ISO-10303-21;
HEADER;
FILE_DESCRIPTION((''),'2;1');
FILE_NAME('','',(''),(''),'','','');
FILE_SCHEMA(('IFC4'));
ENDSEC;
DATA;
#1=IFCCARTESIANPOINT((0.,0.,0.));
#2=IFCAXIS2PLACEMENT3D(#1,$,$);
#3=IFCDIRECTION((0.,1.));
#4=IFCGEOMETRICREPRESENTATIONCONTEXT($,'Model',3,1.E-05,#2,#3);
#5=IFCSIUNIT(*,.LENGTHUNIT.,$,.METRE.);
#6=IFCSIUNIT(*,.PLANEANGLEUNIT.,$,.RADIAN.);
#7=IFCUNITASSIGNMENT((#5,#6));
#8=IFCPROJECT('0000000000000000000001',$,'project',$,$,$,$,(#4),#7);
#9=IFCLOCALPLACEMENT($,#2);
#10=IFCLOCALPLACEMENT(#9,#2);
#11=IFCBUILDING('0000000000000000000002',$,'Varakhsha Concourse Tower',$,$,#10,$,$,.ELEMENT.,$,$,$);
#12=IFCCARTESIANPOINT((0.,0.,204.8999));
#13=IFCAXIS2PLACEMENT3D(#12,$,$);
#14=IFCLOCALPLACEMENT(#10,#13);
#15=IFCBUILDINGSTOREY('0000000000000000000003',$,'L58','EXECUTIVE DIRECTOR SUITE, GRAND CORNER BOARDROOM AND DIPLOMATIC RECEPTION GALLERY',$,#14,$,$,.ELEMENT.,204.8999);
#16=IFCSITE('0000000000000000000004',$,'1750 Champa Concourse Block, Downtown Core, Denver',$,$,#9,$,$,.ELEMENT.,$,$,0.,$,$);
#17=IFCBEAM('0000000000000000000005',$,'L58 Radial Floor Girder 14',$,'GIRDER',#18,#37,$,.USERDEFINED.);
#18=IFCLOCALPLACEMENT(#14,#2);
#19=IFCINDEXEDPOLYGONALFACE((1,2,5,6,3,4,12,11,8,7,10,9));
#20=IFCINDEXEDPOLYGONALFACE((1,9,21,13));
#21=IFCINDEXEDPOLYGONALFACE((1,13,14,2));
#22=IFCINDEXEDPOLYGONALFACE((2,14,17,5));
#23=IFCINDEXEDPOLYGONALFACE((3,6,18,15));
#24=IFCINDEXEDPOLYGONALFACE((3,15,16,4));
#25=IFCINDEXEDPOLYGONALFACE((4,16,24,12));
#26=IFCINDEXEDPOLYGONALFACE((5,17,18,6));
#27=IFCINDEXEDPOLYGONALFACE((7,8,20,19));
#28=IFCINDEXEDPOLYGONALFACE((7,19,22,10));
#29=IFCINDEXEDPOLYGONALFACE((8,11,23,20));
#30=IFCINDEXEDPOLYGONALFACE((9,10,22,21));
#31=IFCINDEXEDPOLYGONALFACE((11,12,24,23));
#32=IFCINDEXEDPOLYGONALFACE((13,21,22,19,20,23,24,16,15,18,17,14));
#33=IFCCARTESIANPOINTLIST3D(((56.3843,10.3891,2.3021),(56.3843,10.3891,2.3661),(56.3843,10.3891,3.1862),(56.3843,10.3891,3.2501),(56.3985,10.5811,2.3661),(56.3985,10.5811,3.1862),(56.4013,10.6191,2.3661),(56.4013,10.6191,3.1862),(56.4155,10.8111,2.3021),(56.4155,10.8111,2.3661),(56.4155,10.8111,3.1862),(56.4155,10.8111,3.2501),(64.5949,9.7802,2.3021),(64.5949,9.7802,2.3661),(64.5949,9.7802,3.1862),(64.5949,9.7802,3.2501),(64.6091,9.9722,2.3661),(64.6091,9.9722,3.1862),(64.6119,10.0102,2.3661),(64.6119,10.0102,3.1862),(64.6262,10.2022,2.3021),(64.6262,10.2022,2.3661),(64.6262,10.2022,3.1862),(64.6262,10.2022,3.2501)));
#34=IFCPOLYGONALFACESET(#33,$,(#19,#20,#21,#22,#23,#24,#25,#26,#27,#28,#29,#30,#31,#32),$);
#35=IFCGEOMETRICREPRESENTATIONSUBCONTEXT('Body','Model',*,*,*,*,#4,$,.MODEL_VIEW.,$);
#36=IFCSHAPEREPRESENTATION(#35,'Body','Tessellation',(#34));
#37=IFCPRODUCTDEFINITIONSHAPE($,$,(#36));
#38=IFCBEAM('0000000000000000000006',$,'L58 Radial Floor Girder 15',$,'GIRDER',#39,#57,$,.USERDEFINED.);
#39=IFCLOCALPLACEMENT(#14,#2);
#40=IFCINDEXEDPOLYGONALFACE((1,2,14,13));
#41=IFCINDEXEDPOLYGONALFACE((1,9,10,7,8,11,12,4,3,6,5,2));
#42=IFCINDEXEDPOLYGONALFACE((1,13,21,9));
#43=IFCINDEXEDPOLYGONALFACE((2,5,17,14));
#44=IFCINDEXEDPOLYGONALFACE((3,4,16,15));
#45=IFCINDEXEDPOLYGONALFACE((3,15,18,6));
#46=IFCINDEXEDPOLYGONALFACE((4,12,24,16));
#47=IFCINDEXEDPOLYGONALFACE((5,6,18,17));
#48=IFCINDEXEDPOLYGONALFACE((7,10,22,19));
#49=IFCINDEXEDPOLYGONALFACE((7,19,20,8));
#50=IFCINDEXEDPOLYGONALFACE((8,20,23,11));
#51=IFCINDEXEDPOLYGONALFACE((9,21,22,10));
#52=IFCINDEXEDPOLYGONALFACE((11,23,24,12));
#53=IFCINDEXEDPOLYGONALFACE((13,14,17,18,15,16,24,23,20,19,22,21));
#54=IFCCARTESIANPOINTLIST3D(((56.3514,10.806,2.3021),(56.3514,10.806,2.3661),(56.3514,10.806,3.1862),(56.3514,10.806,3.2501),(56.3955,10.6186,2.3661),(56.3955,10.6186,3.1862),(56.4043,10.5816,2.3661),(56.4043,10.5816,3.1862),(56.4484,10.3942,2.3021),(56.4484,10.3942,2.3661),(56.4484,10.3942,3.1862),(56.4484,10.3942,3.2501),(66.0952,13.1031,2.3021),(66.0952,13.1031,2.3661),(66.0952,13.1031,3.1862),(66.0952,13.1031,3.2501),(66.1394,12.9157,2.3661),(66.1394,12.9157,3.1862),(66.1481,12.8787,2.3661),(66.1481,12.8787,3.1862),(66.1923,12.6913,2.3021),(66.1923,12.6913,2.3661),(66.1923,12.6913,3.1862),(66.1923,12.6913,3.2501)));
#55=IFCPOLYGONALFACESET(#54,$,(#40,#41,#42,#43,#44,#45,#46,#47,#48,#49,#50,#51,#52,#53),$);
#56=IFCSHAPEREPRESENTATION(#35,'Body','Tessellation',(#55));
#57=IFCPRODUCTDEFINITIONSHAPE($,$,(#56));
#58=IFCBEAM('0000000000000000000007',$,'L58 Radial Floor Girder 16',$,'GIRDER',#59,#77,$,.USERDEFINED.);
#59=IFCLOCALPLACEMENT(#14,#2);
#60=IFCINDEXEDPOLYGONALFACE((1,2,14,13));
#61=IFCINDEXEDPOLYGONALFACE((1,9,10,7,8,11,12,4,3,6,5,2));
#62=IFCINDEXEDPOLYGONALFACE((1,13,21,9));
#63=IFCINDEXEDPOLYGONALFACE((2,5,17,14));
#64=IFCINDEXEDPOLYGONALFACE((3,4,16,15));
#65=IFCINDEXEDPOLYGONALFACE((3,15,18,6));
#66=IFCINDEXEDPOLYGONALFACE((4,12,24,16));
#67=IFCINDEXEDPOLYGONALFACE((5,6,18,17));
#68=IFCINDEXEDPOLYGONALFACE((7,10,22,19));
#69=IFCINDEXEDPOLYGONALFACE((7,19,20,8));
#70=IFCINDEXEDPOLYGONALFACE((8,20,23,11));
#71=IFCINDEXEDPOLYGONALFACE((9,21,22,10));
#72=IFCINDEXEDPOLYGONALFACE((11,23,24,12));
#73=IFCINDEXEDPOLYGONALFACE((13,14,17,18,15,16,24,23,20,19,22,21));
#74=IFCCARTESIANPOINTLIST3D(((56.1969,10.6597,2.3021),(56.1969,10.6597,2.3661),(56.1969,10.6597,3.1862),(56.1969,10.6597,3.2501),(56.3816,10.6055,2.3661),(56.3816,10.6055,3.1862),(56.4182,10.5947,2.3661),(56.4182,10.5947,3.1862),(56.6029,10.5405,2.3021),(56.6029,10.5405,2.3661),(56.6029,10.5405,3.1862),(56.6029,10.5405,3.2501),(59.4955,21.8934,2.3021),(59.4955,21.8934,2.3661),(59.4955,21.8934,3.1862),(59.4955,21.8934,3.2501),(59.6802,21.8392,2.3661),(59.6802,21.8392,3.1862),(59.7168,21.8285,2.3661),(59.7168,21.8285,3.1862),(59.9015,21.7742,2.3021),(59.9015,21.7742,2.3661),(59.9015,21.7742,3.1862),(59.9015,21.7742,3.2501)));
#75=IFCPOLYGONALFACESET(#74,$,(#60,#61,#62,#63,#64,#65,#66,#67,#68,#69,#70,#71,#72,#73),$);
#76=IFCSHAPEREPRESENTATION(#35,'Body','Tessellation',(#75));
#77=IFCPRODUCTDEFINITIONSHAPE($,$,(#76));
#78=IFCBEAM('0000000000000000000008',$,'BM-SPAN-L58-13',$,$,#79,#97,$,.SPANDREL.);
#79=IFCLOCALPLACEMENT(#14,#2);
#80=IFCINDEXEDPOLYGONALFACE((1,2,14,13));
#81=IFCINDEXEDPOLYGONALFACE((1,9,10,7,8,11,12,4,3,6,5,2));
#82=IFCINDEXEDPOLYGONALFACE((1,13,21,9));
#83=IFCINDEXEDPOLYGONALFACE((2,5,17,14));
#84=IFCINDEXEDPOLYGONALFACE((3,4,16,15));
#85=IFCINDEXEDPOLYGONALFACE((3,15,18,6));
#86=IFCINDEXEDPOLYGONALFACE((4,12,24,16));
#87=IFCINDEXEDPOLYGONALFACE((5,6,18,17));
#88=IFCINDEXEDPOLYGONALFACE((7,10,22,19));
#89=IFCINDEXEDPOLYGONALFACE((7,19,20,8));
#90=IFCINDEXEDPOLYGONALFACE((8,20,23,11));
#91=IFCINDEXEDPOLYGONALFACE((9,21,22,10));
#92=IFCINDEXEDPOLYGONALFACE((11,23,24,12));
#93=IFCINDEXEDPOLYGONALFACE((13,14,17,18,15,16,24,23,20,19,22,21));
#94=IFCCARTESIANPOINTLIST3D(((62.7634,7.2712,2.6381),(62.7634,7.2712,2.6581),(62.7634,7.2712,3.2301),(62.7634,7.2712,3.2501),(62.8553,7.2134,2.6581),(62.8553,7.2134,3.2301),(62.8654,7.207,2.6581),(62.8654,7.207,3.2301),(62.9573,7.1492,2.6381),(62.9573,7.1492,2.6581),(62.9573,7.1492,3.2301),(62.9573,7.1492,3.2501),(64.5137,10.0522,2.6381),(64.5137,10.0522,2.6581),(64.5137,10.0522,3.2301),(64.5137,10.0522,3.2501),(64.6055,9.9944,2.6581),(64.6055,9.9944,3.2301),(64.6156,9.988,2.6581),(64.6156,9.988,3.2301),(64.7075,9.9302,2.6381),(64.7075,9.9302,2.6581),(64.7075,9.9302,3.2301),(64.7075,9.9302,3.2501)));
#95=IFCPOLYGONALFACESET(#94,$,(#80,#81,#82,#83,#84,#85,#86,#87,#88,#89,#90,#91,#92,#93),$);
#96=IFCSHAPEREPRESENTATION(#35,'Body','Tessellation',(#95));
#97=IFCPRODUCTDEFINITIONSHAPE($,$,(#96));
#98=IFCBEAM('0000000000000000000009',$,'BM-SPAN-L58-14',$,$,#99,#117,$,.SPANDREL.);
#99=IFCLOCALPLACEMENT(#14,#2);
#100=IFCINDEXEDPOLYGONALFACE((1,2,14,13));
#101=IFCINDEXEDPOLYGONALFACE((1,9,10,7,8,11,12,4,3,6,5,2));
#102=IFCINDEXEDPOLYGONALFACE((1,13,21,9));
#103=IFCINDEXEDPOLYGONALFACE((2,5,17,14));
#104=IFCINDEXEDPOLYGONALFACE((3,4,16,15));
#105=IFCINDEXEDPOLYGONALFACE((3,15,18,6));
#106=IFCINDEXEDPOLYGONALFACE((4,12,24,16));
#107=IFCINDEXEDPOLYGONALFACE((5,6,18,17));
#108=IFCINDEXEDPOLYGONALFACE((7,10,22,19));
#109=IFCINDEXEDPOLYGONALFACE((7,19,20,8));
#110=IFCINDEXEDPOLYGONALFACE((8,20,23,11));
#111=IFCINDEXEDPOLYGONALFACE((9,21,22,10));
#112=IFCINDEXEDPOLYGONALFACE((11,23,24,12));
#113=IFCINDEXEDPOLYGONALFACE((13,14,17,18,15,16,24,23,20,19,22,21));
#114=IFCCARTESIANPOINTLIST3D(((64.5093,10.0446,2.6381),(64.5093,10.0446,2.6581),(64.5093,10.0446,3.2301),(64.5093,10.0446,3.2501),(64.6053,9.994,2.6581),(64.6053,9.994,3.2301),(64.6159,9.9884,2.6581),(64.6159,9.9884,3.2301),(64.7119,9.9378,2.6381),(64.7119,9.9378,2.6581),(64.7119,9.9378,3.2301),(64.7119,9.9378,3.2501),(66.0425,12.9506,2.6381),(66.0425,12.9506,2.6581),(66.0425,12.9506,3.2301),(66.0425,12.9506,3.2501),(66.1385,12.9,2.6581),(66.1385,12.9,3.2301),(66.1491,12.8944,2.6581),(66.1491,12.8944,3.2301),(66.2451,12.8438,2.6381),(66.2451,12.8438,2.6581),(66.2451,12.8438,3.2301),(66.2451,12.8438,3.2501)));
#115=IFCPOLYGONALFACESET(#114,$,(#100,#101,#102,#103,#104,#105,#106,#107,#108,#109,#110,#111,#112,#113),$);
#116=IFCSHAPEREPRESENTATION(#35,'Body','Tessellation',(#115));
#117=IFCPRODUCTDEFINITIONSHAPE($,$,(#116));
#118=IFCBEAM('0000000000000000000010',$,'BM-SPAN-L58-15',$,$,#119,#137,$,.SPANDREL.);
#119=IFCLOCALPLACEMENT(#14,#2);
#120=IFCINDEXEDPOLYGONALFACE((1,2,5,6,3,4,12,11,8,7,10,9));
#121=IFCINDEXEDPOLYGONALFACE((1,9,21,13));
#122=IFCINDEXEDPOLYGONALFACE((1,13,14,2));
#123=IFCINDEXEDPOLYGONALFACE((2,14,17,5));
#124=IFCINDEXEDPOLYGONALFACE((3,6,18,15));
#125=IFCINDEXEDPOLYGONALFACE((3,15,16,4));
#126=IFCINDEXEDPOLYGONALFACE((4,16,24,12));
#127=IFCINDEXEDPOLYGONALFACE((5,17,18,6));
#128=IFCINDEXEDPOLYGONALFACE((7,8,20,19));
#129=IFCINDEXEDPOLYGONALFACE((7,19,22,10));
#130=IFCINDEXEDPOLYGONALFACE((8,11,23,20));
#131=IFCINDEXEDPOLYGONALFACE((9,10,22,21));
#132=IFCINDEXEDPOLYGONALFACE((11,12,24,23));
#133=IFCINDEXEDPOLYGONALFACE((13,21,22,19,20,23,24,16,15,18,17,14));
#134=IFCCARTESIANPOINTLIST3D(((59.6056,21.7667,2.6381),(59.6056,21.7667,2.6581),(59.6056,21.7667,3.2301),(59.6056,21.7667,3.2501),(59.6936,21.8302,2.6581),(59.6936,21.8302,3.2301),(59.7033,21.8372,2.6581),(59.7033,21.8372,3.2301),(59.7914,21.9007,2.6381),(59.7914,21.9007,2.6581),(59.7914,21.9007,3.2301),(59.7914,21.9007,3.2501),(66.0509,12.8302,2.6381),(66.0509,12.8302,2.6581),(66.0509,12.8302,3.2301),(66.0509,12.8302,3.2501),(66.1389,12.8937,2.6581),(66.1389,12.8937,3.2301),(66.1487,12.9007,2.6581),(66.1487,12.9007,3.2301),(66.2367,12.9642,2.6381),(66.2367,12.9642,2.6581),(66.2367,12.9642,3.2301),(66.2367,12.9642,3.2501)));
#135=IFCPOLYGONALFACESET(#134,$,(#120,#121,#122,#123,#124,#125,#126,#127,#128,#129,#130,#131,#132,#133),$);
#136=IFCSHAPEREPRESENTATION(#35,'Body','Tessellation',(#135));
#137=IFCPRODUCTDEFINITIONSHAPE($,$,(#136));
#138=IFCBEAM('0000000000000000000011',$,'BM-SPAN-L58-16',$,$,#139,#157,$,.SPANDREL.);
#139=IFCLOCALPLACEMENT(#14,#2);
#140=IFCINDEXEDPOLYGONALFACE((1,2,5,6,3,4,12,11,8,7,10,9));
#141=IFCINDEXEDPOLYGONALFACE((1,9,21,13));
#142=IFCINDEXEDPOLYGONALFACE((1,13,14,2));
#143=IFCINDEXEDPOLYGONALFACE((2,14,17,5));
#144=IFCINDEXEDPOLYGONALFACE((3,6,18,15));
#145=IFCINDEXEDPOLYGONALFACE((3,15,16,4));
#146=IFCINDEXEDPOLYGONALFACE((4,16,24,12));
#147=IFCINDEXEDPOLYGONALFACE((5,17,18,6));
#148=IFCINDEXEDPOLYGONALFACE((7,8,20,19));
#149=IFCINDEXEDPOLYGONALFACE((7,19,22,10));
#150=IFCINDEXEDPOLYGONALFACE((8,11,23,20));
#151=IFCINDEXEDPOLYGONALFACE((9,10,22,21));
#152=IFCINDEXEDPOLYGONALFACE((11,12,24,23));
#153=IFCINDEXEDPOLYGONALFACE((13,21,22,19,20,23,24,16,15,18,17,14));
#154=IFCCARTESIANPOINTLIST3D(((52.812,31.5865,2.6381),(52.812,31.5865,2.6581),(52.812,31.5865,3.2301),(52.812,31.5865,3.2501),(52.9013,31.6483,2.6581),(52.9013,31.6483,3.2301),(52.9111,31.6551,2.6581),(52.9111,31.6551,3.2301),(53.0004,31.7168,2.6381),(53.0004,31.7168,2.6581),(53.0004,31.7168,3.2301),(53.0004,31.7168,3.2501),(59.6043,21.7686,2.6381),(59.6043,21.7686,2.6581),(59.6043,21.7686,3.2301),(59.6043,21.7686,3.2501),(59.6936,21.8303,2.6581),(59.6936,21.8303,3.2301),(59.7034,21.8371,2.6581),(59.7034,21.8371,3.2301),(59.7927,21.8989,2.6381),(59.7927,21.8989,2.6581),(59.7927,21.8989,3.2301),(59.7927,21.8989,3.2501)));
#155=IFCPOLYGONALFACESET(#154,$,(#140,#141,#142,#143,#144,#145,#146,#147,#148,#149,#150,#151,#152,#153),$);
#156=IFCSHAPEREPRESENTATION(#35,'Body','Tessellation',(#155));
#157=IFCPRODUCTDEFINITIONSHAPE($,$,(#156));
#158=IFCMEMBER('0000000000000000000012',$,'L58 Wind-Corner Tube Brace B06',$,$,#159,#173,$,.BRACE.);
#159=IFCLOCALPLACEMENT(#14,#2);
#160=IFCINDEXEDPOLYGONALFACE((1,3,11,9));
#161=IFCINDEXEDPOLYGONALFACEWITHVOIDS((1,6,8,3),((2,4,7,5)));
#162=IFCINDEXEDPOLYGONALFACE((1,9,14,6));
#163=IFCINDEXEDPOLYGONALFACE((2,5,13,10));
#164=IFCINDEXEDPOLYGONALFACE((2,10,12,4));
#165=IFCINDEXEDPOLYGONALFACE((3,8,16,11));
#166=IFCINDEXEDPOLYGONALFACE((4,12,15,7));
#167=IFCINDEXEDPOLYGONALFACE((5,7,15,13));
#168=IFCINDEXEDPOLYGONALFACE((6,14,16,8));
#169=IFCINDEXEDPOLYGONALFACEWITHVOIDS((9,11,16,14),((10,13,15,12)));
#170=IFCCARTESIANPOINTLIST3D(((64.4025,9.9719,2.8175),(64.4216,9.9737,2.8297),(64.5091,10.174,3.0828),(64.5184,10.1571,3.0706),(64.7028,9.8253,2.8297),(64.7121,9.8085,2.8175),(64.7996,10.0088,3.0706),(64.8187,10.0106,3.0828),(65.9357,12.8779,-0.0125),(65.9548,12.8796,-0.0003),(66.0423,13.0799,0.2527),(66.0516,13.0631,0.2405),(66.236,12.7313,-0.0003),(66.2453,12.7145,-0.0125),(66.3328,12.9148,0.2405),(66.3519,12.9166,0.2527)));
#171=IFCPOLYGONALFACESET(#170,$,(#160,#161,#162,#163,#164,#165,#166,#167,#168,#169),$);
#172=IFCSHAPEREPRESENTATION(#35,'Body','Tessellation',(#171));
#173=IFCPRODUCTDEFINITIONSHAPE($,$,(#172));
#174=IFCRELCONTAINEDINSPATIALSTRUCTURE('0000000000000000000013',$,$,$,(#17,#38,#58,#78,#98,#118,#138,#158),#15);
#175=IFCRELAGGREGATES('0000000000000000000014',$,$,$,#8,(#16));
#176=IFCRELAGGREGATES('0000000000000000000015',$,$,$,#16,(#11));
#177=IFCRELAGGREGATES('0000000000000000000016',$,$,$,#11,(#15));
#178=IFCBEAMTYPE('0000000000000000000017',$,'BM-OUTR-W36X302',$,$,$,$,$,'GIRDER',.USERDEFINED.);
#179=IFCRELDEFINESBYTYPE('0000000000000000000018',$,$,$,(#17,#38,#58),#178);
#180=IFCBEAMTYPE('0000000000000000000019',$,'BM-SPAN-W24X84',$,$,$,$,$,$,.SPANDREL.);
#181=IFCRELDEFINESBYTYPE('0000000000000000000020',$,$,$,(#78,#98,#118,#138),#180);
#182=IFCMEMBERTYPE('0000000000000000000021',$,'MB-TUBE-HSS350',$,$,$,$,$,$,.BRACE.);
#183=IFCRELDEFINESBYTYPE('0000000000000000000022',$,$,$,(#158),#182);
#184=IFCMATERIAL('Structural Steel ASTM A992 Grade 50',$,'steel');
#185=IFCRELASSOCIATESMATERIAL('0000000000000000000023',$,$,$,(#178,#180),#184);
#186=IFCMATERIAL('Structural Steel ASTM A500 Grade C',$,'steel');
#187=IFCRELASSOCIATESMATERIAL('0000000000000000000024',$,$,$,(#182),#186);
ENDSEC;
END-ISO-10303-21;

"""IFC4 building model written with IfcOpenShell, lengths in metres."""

from ifc_helpers import new_model, si_unit, direction, frame, origin, origin_2d, place, context, subcontext, project, spatial, hollow_rectangle, i_section, extrude, source, transform, mapped, material, material_profile, profile_set, type_object, element, save


model = new_model("IFC4")

# Units and contexts
model_context = context("Model", 3, precision=1e-05, world=origin(), true_north=direction((0.0, 1.0)))
body_context = subcontext(model_context, "Body", "Model", "MODEL_VIEW")
ifc_project = project(units=[si_unit("LENGTHUNIT", "METRE"), si_unit("PLANEANGLEUNIT", "RADIAN")], contexts=[model_context])

# Site, building, storey
site_placement = place(None, origin())
site = spatial("IfcSite", under=ifc_project, at=site_placement, Name="1750 Champa Concourse Block, Downtown Core, Denver", CompositionType="ELEMENT", RefElevation=0.0)
building_placement = place(site_placement, origin())
building = spatial("IfcBuilding", under=site, at=building_placement, Name="Varakhsha Concourse Tower", CompositionType="ELEMENT")
storey_placement = place(building_placement, frame((0.0, 0.0, 204.8999)))
storey = spatial("IfcBuildingStorey", under=building, at=storey_placement, Name="L58", Description="EXECUTIVE DIRECTOR SUITE, GRAND CORNER BOARDROOM AND DIPLOMATIC RECEPTION GALLERY", CompositionType="ELEMENT", Elevation=204.8999)

# Beams
ifc_material_1 = material(Name="Structural Steel ASTM A992 Grade 50", Category="steel")
ifc_material_profile_1 = material_profile(ifc_material_1, i_section(OverallWidth=0.4231, OverallDepth=0.948, WebThickness=0.0381, FlangeThickness=0.064, at=origin_2d()), Name="W36X302")
ifc_profile_set_1 = profile_set([ifc_material_profile_1], Name="Structural Steel ASTM A992 Grade 50")
beam_type_1 = type_object("IfcBeamType", Name="BM-OUTR-W36X302", ElementType="GIRDER", PredefinedType="USERDEFINED", material=ifc_profile_set_1)
beam_1_placement = place(storey_placement, frame((56.3999, 10.6001, 2.7761), z_axis=(0.997262, -0.073955, 0.0), x_axis=(0.073955, 0.997262, 0.0)))
element("IfcBeam", 1, at=beam_1_placement, inside=storey, type_object=beam_type_1, Name="L58 Radial Floor Girder 14", ObjectType="GIRDER", PredefinedType="USERDEFINED", context=body_context, shape_type="SweptSolid", body=[
    extrude(i_section(OverallWidth=0.4231, OverallDepth=0.948, WebThickness=0.0381, FlangeThickness=0.064, at=origin_2d()), origin(), (0.0, 0.0, 1.0), 8.2332),
])
beam_2_placement = place(storey_placement, frame((56.3999, 10.6001, 2.7761), z_axis=(0.973318, 0.229459, 0.0), x_axis=(-0.229459, 0.973318, 0.0)))
element("IfcBeam", 2, at=beam_2_placement, inside=storey, type_object=beam_type_1, Name="L58 Radial Floor Girder 15", ObjectType="GIRDER", PredefinedType="USERDEFINED", context=body_context, shape_type="SweptSolid", body=[
    extrude(i_section(OverallWidth=0.4231, OverallDepth=0.948, WebThickness=0.0381, FlangeThickness=0.064, at=origin_2d()), origin(), (0.0, 0.0, 1.0), 10.011),
])
beam_3_placement = place(storey_placement, frame((56.3999, 10.6001, 2.7761), z_axis=(0.28174, 0.959491, 0.0), x_axis=(-0.959491, 0.28174, 0.0)))
element("IfcBeam", 3, at=beam_3_placement, inside=storey, type_object=beam_type_1, Name="L58 Radial Floor Girder 16", ObjectType="GIRDER", PredefinedType="USERDEFINED", context=body_context, shape_type="SweptSolid", body=[
    extrude(i_section(OverallWidth=0.4231, OverallDepth=0.948, WebThickness=0.0381, FlangeThickness=0.064, at=origin_2d()), origin(), (0.0, 0.0, 1.0), 11.708),
])
ifc_material_profile_2 = material_profile(ifc_material_1, i_section(OverallWidth=0.229, OverallDepth=0.6121, WebThickness=0.012, FlangeThickness=0.02, at=origin_2d()), Name="W24X84")
ifc_profile_set_2 = profile_set([ifc_material_profile_2], Name="Structural Steel ASTM A992 Grade 50")
beam_type_2 = type_object("IfcBeamType", Name="BM-SPAN-W24X84", PredefinedType="SPANDREL", material=ifc_profile_set_2)
beam_4_placement = place(storey_placement, frame((62.8604, 7.2102, 2.9441), z_axis=(0.532648, 0.846337, 0.0), x_axis=(-0.846337, 0.532648, 0.0)))
element("IfcBeam", 4, at=beam_4_placement, inside=storey, type_object=beam_type_2, Name="BM-SPAN-L58-13", PredefinedType="SPANDREL", context=body_context, shape_type="SweptSolid", body=[
    extrude(i_section(OverallWidth=0.229, OverallDepth=0.6121, WebThickness=0.012, FlangeThickness=0.02, at=origin_2d()), origin(), (0.0, 0.0, 1.0), 3.2859),
])
beam_5_placement = place(storey_placement, frame((64.6106, 9.9912, 2.9441), z_axis=(0.466634, 0.88445, 0.0), x_axis=(-0.88445, 0.466634, 0.0)))
element("IfcBeam", 5, at=beam_5_placement, inside=storey, type_object=beam_type_2, Name="BM-SPAN-L58-14", PredefinedType="SPANDREL", context=body_context, shape_type="SweptSolid", body=[
    extrude(i_section(OverallWidth=0.229, OverallDepth=0.6121, WebThickness=0.012, FlangeThickness=0.02, at=origin_2d()), origin(), (0.0, 0.0, 1.0), 3.2856),
])
beam_6_placement = place(storey_placement, frame((66.1438, 12.8972, 2.9441), z_axis=(-0.584963, 0.81106, 0.0), x_axis=(-0.81106, -0.584963, 0.0)))
element("IfcBeam", 6, at=beam_6_placement, inside=storey, type_object=beam_type_2, Name="BM-SPAN-L58-15", PredefinedType="SPANDREL", context=body_context, shape_type="SweptSolid", body=[
    extrude(i_section(OverallWidth=0.229, OverallDepth=0.6121, WebThickness=0.012, FlangeThickness=0.02, at=origin_2d()), origin(), (0.0, 0.0, 1.0), 11.0183),
])
beam_7_placement = place(storey_placement, frame((59.6985, 21.8337, 2.9441), z_axis=(-0.568941, 0.822378, 0.0), x_axis=(-0.822378, -0.568941, 0.0)))
element("IfcBeam", 7, at=beam_7_placement, inside=storey, type_object=beam_type_2, Name="BM-SPAN-L58-16", PredefinedType="SPANDREL", context=body_context, shape_type="SweptSolid", body=[
    extrude(i_section(OverallWidth=0.229, OverallDepth=0.6121, WebThickness=0.012, FlangeThickness=0.02, at=origin_2d()), origin(), (0.0, 0.0, 1.0), 11.9385),
])

# Member
ifc_material_2 = material(Name="Structural Steel ASTM A500 Grade C", Category="steel")
ifc_material_profile_3 = material_profile(ifc_material_2, hollow_rectangle(XDim=0.3501, YDim=0.3501, WallThickness=0.0161, at=origin_2d()), Name="HSS 350x350x16")
ifc_profile_set_3 = profile_set([ifc_material_profile_3], Name="Structural Steel ASTM A500 Grade C")
member_type_1 = type_object("IfcMemberType", Name="MB-TUBE-HSS350", PredefinedType="BRACE", material=ifc_profile_set_3)
shared_shape_1 = source(origin(), body_context, "Body", "SweptSolid", [
    extrude(hollow_rectangle(XDim=0.3501, YDim=0.3501, WallThickness=0.0161, at=origin_2d()), origin(), (0.0, 0.0, 1.0), 4.3364),
])
member_1_placement = place(storey_placement, frame((66.1438, 12.8972, 0.1201), z_axis=(-0.353561, -0.670133, 0.652623), x_axis=(0.88445, -0.466634, 0.0)))
element("IfcMember", 8, at=member_1_placement, inside=storey, type_object=member_type_1, Name="L58 Wind-Corner Tube Brace B06", PredefinedType="BRACE", context=body_context, shape_type="MappedRepresentation", body=[
    mapped(shared_shape_1, transform((0.0, 0.0, 0.0), scale=1.0)),
])

save(model, "model.ifc")
